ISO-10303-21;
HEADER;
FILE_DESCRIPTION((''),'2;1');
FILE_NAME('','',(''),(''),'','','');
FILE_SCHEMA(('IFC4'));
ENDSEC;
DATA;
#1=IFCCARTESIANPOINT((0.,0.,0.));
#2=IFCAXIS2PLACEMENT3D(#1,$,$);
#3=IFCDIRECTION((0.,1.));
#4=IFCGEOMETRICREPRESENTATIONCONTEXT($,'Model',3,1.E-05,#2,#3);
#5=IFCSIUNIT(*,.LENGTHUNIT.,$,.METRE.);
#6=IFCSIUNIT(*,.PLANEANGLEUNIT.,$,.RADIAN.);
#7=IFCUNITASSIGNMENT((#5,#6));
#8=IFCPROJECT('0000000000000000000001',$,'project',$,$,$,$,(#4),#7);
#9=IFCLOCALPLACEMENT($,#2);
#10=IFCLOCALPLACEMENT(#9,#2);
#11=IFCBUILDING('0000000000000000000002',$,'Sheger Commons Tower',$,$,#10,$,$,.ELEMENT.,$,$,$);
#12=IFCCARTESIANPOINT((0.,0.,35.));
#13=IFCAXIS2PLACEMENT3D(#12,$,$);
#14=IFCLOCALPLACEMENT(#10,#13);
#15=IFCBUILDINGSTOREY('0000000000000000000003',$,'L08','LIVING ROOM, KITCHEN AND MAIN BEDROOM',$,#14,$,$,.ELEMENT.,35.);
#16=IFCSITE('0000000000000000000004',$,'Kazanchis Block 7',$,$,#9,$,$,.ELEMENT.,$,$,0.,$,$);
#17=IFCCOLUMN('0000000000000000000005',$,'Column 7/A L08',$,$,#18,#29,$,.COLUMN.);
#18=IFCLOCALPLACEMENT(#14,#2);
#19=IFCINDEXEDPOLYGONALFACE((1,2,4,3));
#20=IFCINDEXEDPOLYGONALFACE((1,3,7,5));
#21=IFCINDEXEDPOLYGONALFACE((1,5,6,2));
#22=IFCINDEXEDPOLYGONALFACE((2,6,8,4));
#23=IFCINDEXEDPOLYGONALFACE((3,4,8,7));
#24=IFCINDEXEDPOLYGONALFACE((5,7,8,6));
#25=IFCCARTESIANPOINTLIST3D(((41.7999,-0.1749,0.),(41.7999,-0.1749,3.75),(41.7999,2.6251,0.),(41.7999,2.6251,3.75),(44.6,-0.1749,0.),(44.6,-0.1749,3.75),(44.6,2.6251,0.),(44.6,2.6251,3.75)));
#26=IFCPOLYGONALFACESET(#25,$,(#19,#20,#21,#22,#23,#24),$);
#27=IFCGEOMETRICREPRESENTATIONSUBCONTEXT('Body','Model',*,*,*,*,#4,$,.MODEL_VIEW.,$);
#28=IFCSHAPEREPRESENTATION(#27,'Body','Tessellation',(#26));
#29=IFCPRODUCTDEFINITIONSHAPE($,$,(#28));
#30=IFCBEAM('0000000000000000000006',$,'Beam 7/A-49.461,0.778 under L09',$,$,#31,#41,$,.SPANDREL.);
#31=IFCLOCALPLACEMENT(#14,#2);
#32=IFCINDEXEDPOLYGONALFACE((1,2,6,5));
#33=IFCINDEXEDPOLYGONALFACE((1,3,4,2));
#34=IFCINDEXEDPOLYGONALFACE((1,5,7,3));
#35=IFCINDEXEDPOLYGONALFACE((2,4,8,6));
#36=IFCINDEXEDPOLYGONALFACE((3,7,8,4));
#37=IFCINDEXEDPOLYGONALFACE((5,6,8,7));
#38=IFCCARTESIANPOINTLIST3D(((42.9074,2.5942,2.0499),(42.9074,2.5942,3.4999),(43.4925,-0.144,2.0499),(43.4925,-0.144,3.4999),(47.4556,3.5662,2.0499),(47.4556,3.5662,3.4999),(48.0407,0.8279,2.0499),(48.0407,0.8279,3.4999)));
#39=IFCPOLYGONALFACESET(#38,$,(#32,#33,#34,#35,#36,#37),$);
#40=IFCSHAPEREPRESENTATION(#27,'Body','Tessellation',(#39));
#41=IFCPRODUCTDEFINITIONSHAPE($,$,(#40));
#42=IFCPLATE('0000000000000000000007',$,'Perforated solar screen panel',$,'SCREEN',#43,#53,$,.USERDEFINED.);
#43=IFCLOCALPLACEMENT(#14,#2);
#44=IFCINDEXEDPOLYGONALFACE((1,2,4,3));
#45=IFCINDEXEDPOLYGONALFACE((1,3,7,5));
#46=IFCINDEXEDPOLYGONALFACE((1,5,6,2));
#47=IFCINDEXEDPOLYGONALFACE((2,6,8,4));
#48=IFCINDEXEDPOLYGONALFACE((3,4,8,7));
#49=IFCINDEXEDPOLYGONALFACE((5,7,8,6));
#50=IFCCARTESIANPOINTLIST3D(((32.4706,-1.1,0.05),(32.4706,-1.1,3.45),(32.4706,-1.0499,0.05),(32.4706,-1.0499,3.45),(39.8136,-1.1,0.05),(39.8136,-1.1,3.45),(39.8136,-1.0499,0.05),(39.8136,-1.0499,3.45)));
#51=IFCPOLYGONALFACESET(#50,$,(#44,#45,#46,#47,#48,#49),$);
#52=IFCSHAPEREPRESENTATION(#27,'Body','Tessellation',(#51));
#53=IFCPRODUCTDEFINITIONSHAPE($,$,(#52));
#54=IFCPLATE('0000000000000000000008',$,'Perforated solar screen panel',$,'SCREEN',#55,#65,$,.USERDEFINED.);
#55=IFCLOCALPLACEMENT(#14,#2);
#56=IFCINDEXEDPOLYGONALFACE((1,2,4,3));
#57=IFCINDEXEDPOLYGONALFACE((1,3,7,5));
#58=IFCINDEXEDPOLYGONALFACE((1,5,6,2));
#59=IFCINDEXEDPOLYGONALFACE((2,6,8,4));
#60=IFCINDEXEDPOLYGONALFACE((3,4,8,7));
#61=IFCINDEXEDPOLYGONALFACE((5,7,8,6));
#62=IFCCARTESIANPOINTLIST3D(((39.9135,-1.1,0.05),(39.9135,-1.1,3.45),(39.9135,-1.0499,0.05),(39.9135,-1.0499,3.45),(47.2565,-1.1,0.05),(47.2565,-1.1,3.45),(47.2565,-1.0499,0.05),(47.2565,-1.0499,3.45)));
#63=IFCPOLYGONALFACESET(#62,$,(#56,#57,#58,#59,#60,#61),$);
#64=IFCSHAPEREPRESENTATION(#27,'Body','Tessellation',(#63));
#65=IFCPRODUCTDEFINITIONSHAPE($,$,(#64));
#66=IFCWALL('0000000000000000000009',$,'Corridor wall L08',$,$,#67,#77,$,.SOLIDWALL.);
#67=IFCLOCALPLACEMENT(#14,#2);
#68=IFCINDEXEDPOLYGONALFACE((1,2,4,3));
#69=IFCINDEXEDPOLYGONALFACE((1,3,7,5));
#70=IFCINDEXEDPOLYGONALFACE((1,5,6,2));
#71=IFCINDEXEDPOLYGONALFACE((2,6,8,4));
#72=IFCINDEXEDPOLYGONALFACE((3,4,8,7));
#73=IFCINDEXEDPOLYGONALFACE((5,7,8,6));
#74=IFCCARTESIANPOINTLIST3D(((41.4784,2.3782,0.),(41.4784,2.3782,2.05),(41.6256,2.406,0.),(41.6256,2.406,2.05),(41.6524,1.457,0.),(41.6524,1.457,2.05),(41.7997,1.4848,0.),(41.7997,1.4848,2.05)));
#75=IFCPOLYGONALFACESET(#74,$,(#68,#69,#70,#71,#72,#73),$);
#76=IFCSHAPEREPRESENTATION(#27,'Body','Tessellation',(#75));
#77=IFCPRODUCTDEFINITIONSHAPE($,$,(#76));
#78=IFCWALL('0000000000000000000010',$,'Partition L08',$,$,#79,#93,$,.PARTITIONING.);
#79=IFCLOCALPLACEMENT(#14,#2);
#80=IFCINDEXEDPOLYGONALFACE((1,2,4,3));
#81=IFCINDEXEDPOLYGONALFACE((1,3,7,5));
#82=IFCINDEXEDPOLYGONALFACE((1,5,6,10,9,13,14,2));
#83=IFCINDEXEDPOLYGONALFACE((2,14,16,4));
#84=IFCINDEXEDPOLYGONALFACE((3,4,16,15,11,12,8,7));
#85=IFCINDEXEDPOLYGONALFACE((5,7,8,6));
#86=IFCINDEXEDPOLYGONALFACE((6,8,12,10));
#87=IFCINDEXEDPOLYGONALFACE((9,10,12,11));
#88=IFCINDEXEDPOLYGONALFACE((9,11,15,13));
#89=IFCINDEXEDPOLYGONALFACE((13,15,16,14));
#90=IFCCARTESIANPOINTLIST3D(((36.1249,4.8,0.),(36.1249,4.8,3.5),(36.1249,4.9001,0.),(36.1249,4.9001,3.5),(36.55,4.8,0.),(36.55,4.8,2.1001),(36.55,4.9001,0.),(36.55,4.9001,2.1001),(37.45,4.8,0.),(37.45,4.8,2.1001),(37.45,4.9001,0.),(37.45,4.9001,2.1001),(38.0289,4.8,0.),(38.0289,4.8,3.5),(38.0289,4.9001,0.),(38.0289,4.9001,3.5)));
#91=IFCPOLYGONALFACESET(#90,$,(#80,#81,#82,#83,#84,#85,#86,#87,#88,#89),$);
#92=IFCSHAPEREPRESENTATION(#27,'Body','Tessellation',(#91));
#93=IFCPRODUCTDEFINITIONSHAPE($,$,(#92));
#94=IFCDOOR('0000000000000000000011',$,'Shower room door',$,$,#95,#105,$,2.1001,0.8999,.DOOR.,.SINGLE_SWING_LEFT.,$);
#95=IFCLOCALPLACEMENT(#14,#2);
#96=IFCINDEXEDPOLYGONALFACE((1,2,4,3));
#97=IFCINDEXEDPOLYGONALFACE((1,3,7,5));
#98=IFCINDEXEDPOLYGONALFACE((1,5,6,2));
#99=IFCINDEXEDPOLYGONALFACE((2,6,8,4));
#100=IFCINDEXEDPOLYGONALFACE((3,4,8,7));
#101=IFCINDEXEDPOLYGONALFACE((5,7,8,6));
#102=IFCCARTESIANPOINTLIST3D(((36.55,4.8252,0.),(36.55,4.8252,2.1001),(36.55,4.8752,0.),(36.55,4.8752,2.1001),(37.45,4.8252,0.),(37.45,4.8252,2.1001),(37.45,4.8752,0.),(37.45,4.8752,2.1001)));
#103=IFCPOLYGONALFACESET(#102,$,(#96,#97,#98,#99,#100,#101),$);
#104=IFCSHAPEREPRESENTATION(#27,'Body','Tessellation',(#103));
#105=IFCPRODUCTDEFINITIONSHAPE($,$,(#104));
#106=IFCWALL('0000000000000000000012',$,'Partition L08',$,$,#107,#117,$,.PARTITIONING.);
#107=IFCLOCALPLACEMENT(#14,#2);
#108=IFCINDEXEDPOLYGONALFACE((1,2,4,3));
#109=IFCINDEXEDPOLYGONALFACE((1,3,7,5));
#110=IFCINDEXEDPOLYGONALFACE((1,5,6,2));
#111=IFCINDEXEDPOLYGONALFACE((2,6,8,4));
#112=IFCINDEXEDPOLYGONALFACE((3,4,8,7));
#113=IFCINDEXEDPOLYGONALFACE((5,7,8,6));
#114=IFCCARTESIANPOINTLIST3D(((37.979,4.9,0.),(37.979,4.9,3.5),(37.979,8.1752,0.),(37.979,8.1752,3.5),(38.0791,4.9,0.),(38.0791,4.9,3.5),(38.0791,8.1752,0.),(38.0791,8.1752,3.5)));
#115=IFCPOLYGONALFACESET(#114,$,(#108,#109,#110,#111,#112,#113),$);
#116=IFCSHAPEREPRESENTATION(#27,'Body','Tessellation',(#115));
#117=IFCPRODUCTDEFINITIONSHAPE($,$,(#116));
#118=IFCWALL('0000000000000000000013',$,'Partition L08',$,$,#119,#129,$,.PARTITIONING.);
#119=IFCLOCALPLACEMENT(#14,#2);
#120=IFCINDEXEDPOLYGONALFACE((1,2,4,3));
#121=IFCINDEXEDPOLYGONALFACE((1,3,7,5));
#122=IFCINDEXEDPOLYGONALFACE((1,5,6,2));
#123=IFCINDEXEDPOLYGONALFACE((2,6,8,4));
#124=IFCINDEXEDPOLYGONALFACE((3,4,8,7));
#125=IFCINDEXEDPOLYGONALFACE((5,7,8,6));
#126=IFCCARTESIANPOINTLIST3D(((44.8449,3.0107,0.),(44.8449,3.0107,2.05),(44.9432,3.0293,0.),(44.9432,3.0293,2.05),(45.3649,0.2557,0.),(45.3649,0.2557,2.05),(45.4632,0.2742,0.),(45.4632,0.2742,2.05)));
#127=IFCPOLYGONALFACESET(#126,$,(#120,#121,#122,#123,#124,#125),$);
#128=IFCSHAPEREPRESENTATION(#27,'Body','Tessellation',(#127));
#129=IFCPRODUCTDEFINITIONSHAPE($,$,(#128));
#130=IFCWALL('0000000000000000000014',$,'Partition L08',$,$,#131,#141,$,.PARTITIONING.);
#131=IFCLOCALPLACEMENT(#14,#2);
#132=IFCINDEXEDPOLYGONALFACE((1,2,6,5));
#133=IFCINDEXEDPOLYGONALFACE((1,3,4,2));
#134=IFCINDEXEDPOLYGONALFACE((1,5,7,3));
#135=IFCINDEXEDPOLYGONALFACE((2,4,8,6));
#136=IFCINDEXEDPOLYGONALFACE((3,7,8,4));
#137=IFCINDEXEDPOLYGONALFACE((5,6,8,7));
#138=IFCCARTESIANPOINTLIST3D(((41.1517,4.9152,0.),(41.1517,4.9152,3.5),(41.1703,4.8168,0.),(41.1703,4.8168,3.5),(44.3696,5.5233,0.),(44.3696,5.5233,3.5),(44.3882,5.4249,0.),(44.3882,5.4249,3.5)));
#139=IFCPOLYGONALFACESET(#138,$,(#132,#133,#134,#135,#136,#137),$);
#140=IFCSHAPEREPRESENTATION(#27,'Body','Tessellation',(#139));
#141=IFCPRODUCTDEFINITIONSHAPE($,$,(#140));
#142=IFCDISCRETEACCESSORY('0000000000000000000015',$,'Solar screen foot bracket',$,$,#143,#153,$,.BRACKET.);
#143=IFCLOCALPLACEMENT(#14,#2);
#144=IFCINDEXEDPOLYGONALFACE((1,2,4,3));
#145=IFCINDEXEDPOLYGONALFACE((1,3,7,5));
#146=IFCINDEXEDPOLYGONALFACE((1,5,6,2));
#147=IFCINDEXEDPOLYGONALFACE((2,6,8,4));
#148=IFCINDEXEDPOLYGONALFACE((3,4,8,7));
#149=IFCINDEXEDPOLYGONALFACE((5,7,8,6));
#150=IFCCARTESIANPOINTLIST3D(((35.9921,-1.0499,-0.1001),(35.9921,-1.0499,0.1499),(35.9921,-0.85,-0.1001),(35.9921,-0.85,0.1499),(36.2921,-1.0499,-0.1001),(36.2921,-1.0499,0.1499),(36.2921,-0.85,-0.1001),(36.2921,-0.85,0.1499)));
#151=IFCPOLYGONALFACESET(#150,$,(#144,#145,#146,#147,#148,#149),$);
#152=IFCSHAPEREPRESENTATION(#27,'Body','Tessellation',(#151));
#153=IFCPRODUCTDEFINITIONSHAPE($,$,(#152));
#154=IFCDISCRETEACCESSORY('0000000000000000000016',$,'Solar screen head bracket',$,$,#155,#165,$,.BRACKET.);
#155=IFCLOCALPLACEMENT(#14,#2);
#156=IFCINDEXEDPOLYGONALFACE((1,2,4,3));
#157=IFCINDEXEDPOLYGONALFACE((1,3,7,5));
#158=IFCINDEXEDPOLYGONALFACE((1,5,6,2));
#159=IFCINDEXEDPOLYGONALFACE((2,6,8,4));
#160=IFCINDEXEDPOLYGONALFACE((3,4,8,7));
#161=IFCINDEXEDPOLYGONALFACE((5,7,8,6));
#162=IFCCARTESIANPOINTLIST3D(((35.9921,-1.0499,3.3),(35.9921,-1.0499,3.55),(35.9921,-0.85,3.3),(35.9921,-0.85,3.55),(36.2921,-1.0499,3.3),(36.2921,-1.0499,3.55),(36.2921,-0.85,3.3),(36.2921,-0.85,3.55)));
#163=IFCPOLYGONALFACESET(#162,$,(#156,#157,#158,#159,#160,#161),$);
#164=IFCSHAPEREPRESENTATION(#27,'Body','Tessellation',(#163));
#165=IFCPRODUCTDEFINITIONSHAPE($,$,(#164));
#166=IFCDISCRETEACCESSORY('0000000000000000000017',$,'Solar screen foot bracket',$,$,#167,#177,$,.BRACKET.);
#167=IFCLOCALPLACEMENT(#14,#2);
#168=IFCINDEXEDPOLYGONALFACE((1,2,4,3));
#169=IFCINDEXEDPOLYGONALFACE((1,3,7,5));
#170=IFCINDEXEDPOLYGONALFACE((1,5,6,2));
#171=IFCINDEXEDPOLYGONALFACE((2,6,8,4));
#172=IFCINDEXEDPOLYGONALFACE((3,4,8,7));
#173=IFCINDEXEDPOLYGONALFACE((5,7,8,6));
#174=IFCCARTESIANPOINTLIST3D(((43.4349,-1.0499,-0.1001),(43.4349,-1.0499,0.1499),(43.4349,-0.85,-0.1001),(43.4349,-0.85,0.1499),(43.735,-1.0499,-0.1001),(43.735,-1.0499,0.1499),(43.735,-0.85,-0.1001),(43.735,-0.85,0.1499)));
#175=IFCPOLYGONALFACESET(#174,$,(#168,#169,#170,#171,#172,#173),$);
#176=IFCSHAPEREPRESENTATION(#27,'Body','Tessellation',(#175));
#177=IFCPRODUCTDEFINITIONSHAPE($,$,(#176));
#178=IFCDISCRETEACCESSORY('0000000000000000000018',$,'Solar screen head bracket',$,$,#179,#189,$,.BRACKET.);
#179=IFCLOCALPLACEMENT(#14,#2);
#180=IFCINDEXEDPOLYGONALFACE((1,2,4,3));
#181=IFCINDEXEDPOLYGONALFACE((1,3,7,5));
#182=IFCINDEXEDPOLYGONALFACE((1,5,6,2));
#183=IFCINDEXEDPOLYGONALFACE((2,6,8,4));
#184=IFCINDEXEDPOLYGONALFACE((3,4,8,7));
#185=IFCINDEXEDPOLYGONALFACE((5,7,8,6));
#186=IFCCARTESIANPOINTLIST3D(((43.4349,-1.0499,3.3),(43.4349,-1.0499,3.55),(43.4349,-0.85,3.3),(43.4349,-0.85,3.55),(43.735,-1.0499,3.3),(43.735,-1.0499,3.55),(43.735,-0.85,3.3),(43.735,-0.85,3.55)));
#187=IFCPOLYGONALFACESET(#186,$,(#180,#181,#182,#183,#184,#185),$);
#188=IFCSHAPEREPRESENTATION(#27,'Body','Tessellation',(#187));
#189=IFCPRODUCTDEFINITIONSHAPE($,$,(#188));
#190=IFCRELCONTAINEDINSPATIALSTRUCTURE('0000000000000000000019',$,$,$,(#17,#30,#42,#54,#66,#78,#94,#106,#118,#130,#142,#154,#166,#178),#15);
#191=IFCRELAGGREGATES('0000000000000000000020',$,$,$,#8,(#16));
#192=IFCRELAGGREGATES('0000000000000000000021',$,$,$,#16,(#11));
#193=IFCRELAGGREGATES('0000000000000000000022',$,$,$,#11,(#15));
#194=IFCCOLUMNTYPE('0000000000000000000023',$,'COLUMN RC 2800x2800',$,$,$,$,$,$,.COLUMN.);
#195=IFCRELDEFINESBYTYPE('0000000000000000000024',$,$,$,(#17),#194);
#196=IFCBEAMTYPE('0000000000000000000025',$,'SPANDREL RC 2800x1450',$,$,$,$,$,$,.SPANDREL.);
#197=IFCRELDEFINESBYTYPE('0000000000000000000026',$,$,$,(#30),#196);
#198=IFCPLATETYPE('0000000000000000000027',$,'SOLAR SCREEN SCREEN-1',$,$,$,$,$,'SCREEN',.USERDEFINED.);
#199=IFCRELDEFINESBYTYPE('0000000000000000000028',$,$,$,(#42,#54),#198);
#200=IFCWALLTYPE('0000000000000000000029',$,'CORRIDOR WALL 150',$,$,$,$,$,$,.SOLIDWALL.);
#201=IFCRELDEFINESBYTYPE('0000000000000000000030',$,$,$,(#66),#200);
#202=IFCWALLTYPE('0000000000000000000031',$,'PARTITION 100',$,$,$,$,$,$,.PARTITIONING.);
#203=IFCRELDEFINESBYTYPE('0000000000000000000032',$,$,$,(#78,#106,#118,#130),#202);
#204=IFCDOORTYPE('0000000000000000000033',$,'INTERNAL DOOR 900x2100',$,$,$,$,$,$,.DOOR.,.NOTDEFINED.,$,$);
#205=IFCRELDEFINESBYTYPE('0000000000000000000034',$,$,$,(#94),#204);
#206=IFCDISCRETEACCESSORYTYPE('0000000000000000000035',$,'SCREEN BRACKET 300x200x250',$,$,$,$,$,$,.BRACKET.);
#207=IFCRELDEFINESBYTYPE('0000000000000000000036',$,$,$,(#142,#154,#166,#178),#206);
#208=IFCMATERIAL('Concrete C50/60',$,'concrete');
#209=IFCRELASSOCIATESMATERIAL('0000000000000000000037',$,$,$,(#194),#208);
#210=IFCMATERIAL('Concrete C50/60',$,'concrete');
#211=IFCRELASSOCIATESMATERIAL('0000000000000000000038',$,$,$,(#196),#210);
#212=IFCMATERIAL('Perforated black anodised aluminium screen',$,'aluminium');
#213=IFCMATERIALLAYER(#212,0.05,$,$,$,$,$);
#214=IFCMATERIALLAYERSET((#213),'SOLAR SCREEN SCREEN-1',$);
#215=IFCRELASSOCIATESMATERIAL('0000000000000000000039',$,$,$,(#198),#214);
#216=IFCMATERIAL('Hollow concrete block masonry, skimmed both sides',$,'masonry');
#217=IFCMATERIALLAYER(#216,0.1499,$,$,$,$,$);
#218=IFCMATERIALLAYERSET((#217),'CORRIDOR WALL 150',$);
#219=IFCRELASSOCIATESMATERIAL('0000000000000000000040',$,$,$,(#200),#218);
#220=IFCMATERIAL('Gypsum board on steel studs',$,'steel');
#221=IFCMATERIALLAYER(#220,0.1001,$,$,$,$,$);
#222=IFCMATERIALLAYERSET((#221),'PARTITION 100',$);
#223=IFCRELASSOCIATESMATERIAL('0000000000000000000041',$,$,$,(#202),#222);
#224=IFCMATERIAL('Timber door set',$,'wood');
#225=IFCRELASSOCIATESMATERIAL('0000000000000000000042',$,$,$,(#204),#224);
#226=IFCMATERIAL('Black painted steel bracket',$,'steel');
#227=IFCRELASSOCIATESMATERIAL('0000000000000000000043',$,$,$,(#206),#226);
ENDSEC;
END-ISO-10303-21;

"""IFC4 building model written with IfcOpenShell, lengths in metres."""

from ifc_helpers import new_model, si_unit, direction, frame, frame_2d, origin, origin_2d, place, context, subcontext, project, spatial, rectangle, extrude, material, layer, layer_set, material_profile, profile_set, type_object, element, fill, save


model = new_model("IFC4")

# Units and contexts
model_context = context("Model", 3, precision=1e-05, world=origin(), true_north=direction((0.0, 1.0)))
body_context = subcontext(model_context, "Body", "Model", "MODEL_VIEW")
ifc_project = project(units=[si_unit("LENGTHUNIT", "METRE"), si_unit("PLANEANGLEUNIT", "RADIAN")], contexts=[model_context])

# Site, building, storey
site_placement = place(None, origin())
site = spatial("IfcSite", under=ifc_project, at=site_placement, Name="Kazanchis Block 7", CompositionType="ELEMENT", RefElevation=0.0)
building_placement = place(site_placement, origin())
building = spatial("IfcBuilding", under=site, at=building_placement, Name="Sheger Commons Tower", CompositionType="ELEMENT")
storey_placement = place(building_placement, frame((0.0, 0.0, 35.0)))
storey = spatial("IfcBuildingStorey", under=building, at=storey_placement, Name="L08", Description="LIVING ROOM, KITCHEN AND MAIN BEDROOM", CompositionType="ELEMENT", Elevation=35.0)

# Column
ifc_material_1 = material(Name="Concrete C50/60", Category="concrete")
ifc_material_profile_1 = material_profile(ifc_material_1, rectangle(XDim=2.8, YDim=2.8, at=origin_2d()), Name="RC 2800x2800")
ifc_profile_set_1 = profile_set([ifc_material_profile_1], Name="Concrete C50/60")
column_type = type_object("IfcColumnType", Name="COLUMN RC 2800x2800", PredefinedType="COLUMN", material=ifc_profile_set_1)
column_placement = place(storey_placement, frame((43.2, 1.2251, 0.0), z_axis=(0.0, 0.0, 1.0), x_axis=(1.0, 0.0, 0.0)))
element("IfcColumn", 1, at=column_placement, inside=storey, type_object=column_type, Name="Column 7/A L08", PredefinedType="COLUMN", context=body_context, shape_type="SweptSolid", body=[
    extrude(rectangle(XDim=2.8, YDim=2.8, at=origin_2d()), origin(), (0.0, 0.0, 1.0), 3.75),
])

# Beam
ifc_material_2 = material(Name="Concrete C50/60", Category="concrete")
ifc_material_profile_2 = material_profile(ifc_material_2, rectangle(XDim=2.8, YDim=1.45, at=origin_2d()), Name="RC 2800x1450")
ifc_profile_set_2 = profile_set([ifc_material_profile_2], Name="Concrete C50/60")
beam_type = type_object("IfcBeamType", Name="SPANDREL RC 2800x1450", PredefinedType="SPANDREL", material=ifc_profile_set_2)
beam_placement = place(storey_placement, frame((43.2, 1.2251, 2.7749), z_axis=(0.97792, 0.208981, 0.0), x_axis=(-0.208981, 0.97792, 0.0)))
element("IfcBeam", 2, at=beam_placement, inside=storey, type_object=beam_type, Name="Beam 7/A-49.461,0.778 under L09", PredefinedType="SPANDREL", context=body_context, shape_type="SweptSolid", body=[
    extrude(rectangle(XDim=2.8, YDim=1.45, at=origin_2d()), origin(), (0.0, 0.0, 1.0), 4.6509),
])

# Plates
ifc_material_3 = material(Name="Perforated black anodised aluminium screen", Category="aluminium")
ifc_layer_1 = layer(ifc_material_3, 0.05)
ifc_layer_set_1 = layer_set([ifc_layer_1], Name="SOLAR SCREEN SCREEN-1")
plate_type = type_object("IfcPlateType", Name="SOLAR SCREEN SCREEN-1", ElementType="SCREEN", PredefinedType="USERDEFINED", material=ifc_layer_set_1)
for number, where, z_axis, x_axis, name in (
    (3, (36.1421, -1.075, 0.05), (0.0, 0.0, 1.0), (1.0, 0.0, 0.0), "Perforated solar screen panel"),
    (4, (43.585, -1.075, 0.05), (0.0, 0.0, 1.0), (1.0, 0.0, 0.0), "Perforated solar screen panel"),
):
    element("IfcPlate", number, at=place(storey_placement, frame(where, z_axis=z_axis, x_axis=x_axis)), inside=storey, type_object=plate_type, Name=name, ObjectType="SCREEN", PredefinedType="USERDEFINED", context=body_context, shape_type="SweptSolid", body=[
        extrude(rectangle(XDim=7.343, YDim=0.05, at=origin_2d()), origin(), (0.0, 0.0, 1.0), 3.3999),
    ])

# Wall
ifc_material_4 = material(Name="Hollow concrete block masonry, skimmed both sides", Category="masonry")
ifc_layer_2 = layer(ifc_material_4, 0.1499)
ifc_layer_set_2 = layer_set([ifc_layer_2], Name="CORRIDOR WALL 150")
wall_type_1 = type_object("IfcWallType", Name="CORRIDOR WALL 150", PredefinedType="SOLIDWALL", material=ifc_layer_set_2)
wall_1_placement = place(storey_placement, frame((41.552, 2.3921, 0.0), z_axis=(0.0, 0.0, 1.0), x_axis=(0.185688, -0.982609, 0.0)))
element("IfcWall", 5, at=wall_1_placement, inside=storey, type_object=wall_type_1, Name="Corridor wall L08", PredefinedType="SOLIDWALL", context=body_context, shape_type="SweptSolid", body=[
    extrude(rectangle(XDim=0.9375, YDim=0.1499, at=frame_2d((0.4688, 0.0))), origin(), (0.0, 0.0, 1.0), 2.05),
])

# Wall, opening, door
ifc_material_5 = material(Name="Gypsum board on steel studs", Category="steel")
ifc_layer_3 = layer(ifc_material_5, 0.1001)
ifc_layer_set_3 = layer_set([ifc_layer_3], Name="PARTITION 100")
wall_type_2 = type_object("IfcWallType", Name="PARTITION 100", PredefinedType="PARTITIONING", material=ifc_layer_set_3)
wall_2_placement = place(storey_placement, frame((38.0291, 4.8501, 0.0), z_axis=(0.0, 0.0, 1.0), x_axis=(-1.0, 0.0, 0.0)))
wall_2 = element("IfcWall", 6, at=wall_2_placement, inside=storey, type_object=wall_type_2, Name="Partition L08", PredefinedType="PARTITIONING", context=body_context, shape_type="SweptSolid", body=[
    extrude(rectangle(XDim=1.9041, YDim=0.1001, at=frame_2d((0.9521, 0.0))), origin(), (0.0, 0.0, 1.0), 3.5),
])
opening_placement = place(wall_2_placement, frame((0.5791, 0.0, 0.0)))
opening = element("IfcOpeningElement", 7, at=opening_placement, cuts=wall_2, PredefinedType="OPENING", context=body_context, shape_type="SweptSolid", body=[
    extrude(rectangle(XDim=0.8999, YDim=2.1001, at=frame_2d((0.45, 1.05))), frame((0.0, 0.0601, 0.0), z_axis=(0.0, -1.0, 0.0), x_axis=(1.0, 0.0, 0.0)), (0.0, 0.0, 1.0), 0.1201),
])
ifc_material_6 = material(Name="Timber door set", Category="wood")
door_type = type_object("IfcDoorType", Name="INTERNAL DOOR 900x2100", OperationType="NOTDEFINED", PredefinedType="DOOR", material=ifc_material_6)
door_placement = place(opening_placement, origin())
door = element("IfcDoor", 8, at=door_placement, inside=storey, type_object=door_type, Name="Shower room door", OperationType="SINGLE_SWING_LEFT", OverallHeight=2.1001, OverallWidth=0.8999, PredefinedType="DOOR", context=body_context, shape_type="SweptSolid", body=[
    extrude(rectangle(XDim=0.8999, YDim=2.1001, at=frame_2d((0.45, 1.05))), frame((0.0, 0.0249, 0.0), z_axis=(0.0, -1.0, 0.0), x_axis=(1.0, 0.0, 0.0)), (0.0, 0.0, 1.0), 0.05),
])
fill(opening, door)

# Walls
wall_3_placement = place(storey_placement, frame((38.0291, 4.8999, 0.0), z_axis=(0.0, 0.0, 1.0), x_axis=(0.0, 1.0, 0.0)))
element("IfcWall", 9, at=wall_3_placement, inside=storey, type_object=wall_type_2, Name="Partition L08", PredefinedType="PARTITIONING", context=body_context, shape_type="SweptSolid", body=[
    extrude(rectangle(XDim=3.2751, YDim=0.1001, at=frame_2d((1.6377, 0.0))), origin(), (0.0, 0.0, 1.0), 3.5),
])
wall_4_placement = place(storey_placement, frame((44.894, 3.02, 0.0), z_axis=(0.0, 0.0, 1.0), x_axis=(0.185471, -0.98265, 0.0)))
element("IfcWall", 10, at=wall_4_placement, inside=storey, type_object=wall_type_2, Name="Partition L08", PredefinedType="PARTITIONING", context=body_context, shape_type="SweptSolid", body=[
    extrude(rectangle(XDim=2.8037, YDim=0.1001, at=frame_2d((1.4019, 0.0))), origin(), (0.0, 0.0, 1.0), 2.05),
])
wall_5_placement = place(storey_placement, frame((44.3789, 5.4741, 0.0), z_axis=(0.0, 0.0, 1.0), x_axis=(-0.982607, -0.185697, 0.0)))
element("IfcWall", 11, at=wall_5_placement, inside=storey, type_object=wall_type_2, Name="Partition L08", PredefinedType="PARTITIONING", context=body_context, shape_type="SweptSolid", body=[
    extrude(rectangle(XDim=3.2749, YDim=0.1001, at=frame_2d((1.6375, 0.0))), origin(), (0.0, 0.0, 1.0), 3.5),
])

# Discrete accessories
ifc_material_7 = material(Name="Black painted steel bracket", Category="steel")
discrete_accessory_type = type_object("IfcDiscreteAccessoryType", Name="SCREEN BRACKET 300x200x250", PredefinedType="BRACKET", material=ifc_material_7)
for number, where, z_axis, x_axis, name in (
    (12, (36.1421, -0.95, -0.1001), (0.0, 0.0, 1.0), (1.0, 0.0, 0.0), "Solar screen foot bracket"),
    (13, (36.1421, -0.95, 3.3), (0.0, 0.0, 1.0), (1.0, 0.0, 0.0), "Solar screen head bracket"),
    (14, (43.585, -0.95, -0.1001), (0.0, 0.0, 1.0), (1.0, 0.0, 0.0), "Solar screen foot bracket"),
    (15, (43.585, -0.95, 3.3), (0.0, 0.0, 1.0), (1.0, 0.0, 0.0), "Solar screen head bracket"),
):
    element("IfcDiscreteAccessory", number, at=place(storey_placement, frame(where, z_axis=z_axis, x_axis=x_axis)), inside=storey, type_object=discrete_accessory_type, Name=name, PredefinedType="BRACKET", context=body_context, shape_type="SweptSolid", body=[
        extrude(rectangle(XDim=0.3, YDim=0.2, at=origin_2d()), origin(), (0.0, 0.0, 1.0), 0.25),
    ])

save(model, "model.ifc")
